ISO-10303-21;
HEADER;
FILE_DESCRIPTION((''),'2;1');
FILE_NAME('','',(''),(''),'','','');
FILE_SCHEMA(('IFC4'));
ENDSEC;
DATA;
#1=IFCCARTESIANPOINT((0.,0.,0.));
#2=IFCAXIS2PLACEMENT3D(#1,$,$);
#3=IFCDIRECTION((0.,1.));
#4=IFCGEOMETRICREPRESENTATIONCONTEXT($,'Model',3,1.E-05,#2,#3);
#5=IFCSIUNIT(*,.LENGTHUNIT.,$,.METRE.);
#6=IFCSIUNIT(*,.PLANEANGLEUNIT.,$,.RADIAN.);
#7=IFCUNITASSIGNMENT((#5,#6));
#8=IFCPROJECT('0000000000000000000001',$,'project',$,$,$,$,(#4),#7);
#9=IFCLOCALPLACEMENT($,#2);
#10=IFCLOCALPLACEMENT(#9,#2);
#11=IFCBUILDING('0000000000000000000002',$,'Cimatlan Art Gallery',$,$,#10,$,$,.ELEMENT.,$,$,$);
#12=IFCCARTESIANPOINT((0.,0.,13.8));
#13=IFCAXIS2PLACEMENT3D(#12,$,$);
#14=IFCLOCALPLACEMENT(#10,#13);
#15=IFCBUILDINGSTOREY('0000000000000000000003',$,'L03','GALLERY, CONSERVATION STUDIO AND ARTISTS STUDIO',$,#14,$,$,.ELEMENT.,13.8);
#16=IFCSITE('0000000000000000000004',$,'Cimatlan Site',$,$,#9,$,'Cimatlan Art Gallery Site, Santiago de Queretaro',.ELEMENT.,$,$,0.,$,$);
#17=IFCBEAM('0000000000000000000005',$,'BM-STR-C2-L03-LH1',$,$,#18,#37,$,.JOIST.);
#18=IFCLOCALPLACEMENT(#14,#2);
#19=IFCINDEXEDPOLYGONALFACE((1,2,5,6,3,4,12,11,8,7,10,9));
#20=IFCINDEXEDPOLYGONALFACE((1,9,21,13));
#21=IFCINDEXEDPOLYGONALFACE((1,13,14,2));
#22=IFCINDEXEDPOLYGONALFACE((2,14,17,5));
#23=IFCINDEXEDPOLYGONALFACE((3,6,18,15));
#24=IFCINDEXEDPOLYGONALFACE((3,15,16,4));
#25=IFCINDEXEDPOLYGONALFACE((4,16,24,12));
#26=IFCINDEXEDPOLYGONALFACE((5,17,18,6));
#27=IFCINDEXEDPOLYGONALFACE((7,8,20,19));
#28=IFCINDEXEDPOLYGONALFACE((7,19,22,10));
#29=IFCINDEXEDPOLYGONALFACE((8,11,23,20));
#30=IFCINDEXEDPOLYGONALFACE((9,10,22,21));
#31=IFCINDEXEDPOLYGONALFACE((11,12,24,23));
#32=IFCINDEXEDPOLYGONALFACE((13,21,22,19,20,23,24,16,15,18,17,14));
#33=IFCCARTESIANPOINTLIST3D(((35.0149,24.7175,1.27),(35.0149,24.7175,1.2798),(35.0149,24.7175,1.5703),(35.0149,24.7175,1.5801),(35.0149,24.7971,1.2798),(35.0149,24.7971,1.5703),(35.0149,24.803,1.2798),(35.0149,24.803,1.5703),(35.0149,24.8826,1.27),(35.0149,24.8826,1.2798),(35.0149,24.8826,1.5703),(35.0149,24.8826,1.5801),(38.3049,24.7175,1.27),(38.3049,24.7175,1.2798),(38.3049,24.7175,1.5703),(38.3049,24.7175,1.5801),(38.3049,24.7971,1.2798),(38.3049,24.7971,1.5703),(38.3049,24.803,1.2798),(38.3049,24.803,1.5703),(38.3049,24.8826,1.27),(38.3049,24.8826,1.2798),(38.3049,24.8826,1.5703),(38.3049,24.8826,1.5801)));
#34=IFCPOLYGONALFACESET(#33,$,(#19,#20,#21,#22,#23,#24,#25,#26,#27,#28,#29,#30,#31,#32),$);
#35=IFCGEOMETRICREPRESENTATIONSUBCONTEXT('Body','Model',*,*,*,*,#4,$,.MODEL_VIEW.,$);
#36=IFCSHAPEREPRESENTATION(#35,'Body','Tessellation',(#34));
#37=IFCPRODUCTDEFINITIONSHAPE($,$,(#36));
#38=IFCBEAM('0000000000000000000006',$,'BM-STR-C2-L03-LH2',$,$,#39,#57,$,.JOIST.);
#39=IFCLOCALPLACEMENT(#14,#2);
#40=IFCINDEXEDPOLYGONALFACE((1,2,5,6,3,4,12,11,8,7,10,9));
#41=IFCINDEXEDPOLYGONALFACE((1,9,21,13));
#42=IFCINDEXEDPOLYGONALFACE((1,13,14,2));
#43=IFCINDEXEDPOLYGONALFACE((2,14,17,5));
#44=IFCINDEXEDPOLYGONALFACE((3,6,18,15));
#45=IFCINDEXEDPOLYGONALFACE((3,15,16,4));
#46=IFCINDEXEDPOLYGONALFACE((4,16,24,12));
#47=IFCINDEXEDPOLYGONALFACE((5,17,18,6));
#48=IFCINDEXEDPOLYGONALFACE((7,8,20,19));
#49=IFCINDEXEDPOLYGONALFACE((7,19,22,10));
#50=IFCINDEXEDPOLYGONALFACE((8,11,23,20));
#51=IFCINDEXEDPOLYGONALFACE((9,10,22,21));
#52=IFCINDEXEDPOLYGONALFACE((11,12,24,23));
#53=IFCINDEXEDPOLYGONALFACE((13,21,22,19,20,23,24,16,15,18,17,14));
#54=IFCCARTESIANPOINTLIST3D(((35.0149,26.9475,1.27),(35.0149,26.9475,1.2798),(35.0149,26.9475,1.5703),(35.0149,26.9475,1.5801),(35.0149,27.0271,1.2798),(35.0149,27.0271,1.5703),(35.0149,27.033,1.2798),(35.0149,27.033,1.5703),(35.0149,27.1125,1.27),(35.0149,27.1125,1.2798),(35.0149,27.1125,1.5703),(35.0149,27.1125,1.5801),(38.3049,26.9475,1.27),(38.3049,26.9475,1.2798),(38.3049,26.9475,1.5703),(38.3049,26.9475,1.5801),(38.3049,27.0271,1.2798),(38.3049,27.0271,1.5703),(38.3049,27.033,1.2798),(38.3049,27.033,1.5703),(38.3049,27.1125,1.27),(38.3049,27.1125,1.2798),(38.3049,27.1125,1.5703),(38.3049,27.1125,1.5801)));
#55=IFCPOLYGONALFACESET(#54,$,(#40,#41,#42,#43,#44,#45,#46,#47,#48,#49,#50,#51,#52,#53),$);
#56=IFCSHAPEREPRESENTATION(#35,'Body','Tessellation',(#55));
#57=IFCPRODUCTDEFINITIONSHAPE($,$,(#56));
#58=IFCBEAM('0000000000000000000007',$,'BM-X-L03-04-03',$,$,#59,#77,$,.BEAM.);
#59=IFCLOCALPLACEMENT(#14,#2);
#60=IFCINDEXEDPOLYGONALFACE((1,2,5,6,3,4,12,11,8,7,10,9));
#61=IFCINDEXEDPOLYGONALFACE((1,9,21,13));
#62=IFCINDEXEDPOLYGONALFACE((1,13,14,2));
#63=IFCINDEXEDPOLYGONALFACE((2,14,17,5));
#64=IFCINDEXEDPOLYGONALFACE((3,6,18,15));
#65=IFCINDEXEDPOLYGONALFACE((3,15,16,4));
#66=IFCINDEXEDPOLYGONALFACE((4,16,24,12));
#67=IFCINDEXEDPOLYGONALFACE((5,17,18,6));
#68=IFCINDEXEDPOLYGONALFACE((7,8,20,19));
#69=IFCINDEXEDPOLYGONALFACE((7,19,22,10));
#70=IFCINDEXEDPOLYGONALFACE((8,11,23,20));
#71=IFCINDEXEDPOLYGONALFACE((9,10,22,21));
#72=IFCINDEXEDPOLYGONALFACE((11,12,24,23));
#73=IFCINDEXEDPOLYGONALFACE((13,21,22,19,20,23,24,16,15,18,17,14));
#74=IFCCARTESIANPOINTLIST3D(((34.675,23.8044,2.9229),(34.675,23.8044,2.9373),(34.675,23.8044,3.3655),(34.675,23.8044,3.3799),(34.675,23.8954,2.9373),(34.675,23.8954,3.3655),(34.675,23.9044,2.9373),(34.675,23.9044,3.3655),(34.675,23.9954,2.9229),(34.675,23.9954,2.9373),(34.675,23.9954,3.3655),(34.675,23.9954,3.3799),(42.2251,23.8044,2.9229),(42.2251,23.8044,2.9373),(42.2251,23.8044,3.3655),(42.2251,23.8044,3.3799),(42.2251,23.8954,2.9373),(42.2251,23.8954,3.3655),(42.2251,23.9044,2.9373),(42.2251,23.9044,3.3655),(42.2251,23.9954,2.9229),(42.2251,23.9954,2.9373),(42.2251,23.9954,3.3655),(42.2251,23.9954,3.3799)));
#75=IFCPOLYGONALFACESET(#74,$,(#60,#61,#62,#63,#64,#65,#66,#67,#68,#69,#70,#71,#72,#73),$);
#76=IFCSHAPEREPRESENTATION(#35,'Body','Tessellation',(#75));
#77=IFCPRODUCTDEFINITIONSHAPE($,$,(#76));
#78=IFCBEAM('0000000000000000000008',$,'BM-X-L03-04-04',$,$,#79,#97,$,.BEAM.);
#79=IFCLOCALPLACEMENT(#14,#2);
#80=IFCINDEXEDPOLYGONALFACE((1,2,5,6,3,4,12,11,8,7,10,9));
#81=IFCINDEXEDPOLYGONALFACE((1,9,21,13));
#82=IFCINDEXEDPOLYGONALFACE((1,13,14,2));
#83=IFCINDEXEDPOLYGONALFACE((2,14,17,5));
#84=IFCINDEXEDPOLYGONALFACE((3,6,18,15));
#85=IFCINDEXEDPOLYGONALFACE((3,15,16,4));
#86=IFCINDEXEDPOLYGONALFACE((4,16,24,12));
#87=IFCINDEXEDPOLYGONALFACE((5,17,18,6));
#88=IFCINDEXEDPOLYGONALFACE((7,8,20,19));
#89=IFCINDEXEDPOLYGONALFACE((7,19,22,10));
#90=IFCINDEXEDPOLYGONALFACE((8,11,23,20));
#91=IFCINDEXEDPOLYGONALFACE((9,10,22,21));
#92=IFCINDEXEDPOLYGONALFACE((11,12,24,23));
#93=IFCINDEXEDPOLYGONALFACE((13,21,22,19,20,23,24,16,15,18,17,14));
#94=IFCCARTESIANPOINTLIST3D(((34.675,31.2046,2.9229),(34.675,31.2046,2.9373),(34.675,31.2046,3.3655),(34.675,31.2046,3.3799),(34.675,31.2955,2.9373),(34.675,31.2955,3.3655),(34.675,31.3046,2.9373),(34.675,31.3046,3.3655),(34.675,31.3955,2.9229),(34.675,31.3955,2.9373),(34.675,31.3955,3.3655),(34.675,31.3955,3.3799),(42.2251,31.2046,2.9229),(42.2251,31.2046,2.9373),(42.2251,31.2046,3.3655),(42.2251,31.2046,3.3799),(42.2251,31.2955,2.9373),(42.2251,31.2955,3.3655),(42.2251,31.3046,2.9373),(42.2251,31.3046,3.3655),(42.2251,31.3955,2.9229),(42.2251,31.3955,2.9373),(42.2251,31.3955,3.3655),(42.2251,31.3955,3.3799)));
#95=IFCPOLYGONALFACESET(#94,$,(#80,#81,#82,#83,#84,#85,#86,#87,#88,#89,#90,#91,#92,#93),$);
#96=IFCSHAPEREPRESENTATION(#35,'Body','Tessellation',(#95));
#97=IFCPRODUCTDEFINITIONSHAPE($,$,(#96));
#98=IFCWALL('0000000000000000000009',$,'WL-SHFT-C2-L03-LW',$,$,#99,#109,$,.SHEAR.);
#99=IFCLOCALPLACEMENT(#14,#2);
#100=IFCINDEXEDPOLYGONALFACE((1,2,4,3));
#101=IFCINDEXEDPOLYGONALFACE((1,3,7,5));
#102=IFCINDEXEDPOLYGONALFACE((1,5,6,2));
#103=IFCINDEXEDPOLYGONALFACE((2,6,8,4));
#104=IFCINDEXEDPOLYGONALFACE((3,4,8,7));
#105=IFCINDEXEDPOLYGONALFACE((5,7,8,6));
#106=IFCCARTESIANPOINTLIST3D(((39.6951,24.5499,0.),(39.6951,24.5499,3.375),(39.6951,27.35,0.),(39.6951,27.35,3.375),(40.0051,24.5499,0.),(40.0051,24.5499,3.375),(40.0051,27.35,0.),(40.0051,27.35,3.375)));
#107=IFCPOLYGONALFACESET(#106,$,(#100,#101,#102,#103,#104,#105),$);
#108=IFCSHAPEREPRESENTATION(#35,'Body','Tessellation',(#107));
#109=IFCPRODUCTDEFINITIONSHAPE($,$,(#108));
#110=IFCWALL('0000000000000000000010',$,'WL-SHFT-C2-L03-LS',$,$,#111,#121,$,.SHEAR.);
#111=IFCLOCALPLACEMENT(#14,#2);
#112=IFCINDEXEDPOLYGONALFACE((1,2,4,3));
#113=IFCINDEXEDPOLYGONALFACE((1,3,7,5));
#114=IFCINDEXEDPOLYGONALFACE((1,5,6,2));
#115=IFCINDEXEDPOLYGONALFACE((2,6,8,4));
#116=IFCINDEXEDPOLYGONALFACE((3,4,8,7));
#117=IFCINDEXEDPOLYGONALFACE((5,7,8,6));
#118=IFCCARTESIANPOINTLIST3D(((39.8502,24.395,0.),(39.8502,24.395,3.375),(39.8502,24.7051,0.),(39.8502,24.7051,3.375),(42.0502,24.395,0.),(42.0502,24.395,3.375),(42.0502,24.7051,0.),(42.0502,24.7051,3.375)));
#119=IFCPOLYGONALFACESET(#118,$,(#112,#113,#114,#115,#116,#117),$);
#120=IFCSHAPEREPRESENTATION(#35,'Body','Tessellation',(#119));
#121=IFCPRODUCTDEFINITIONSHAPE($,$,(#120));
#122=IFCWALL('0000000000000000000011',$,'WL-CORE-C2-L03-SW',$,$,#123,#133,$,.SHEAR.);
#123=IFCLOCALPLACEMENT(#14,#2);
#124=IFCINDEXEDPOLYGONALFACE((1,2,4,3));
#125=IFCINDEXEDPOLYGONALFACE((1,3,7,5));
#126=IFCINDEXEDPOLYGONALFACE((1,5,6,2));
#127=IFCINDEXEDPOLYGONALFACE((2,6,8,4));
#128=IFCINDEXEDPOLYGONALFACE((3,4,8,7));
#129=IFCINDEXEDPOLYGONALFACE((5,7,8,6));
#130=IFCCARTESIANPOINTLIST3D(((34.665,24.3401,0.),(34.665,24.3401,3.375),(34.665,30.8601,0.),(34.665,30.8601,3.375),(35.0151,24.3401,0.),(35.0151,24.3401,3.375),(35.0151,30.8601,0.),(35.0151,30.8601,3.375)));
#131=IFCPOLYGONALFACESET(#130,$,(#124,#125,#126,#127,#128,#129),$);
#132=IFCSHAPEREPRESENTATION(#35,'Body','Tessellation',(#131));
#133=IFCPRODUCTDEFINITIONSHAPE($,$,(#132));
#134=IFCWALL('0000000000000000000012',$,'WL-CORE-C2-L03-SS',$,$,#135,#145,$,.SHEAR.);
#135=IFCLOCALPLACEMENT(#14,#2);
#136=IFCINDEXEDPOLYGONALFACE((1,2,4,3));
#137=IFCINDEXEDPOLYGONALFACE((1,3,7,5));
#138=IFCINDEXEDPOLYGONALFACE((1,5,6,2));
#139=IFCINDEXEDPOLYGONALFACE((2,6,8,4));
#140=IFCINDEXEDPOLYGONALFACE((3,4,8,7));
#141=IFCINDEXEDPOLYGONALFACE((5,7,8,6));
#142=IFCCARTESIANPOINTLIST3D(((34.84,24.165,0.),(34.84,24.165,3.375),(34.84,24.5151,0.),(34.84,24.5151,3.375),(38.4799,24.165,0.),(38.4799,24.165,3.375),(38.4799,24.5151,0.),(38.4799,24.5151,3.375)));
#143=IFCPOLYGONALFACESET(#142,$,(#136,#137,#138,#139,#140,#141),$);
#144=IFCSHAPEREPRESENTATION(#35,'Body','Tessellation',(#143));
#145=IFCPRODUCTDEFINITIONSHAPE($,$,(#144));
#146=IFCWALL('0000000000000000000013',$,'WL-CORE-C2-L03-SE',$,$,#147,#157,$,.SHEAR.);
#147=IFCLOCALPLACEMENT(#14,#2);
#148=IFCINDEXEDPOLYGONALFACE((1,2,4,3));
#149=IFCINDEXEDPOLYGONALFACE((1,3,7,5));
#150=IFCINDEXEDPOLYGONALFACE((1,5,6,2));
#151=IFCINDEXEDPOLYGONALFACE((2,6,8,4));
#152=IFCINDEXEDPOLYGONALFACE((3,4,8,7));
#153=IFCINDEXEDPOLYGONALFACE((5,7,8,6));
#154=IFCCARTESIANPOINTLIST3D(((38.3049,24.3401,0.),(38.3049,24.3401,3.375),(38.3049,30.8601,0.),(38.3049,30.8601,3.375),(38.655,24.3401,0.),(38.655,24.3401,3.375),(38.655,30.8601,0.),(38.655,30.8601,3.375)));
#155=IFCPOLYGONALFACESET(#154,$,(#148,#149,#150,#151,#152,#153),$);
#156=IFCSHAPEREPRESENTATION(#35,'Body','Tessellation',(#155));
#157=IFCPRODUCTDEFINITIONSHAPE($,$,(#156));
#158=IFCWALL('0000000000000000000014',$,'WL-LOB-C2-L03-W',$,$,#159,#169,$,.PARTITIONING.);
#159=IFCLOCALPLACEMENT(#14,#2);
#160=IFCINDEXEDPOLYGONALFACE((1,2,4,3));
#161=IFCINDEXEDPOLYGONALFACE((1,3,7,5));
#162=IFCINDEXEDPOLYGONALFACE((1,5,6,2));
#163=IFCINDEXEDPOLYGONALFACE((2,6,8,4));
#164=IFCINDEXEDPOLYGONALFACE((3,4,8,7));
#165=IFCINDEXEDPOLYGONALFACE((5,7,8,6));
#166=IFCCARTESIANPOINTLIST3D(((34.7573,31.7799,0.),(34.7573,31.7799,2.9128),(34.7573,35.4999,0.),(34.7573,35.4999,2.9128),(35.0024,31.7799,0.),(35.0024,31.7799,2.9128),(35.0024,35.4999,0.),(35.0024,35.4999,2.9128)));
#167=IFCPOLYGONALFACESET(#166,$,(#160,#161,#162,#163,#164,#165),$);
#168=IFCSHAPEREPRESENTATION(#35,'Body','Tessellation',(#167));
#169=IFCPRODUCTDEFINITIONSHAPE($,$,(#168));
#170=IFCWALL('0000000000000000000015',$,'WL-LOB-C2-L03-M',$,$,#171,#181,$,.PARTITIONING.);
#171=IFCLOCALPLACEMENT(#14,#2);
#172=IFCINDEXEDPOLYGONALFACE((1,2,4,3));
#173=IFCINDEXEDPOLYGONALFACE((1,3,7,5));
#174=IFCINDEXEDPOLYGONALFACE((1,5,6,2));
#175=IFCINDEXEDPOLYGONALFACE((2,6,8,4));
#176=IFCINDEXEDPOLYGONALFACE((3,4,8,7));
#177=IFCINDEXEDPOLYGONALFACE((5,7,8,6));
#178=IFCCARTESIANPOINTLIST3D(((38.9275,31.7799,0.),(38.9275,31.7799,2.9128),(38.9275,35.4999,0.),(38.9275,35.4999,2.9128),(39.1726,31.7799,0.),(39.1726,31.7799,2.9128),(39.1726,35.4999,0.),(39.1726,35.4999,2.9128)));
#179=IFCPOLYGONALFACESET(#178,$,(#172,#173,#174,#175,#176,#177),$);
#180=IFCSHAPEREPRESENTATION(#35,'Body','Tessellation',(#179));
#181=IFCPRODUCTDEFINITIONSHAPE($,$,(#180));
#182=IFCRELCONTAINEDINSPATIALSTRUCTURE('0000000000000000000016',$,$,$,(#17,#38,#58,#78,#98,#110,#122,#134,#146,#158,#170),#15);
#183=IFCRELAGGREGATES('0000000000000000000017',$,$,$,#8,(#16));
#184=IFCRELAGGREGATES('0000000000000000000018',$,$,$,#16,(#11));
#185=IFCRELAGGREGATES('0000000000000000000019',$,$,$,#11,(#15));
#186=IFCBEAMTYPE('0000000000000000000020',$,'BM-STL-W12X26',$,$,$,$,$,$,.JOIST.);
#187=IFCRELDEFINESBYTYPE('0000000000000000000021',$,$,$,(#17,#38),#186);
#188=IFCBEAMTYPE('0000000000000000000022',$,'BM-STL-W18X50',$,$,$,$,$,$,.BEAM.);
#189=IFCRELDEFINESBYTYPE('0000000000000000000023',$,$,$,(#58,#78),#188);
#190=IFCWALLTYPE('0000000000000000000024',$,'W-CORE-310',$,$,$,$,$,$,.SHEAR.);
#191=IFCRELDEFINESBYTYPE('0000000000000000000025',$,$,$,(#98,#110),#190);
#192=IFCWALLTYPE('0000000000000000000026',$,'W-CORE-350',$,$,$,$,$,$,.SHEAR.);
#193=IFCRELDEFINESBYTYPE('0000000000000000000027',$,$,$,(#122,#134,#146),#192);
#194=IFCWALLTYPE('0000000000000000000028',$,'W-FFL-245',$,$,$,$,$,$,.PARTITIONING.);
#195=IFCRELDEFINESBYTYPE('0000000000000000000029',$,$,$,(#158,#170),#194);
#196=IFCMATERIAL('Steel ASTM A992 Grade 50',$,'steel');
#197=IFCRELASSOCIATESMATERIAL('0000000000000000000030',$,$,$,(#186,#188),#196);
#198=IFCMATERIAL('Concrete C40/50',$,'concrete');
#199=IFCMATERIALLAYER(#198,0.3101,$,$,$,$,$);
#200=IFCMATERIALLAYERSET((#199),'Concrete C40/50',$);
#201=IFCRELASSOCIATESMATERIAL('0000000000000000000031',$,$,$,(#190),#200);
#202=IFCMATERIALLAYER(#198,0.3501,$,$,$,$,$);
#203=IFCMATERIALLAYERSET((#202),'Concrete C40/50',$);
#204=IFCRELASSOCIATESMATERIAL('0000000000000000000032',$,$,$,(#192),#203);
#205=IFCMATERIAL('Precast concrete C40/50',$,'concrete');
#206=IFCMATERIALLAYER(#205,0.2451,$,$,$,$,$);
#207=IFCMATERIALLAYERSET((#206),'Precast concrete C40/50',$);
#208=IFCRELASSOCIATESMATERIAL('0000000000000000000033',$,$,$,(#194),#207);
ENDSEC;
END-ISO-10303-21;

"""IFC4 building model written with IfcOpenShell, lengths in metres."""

from ifc_helpers import new_model, si_unit, direction, frame, frame_2d, origin, origin_2d, place, context, subcontext, project, spatial, rectangle, i_section, extrude, material, layer, layer_set, material_profile, profile_set, type_object, element, save


model = new_model("IFC4")

# Units and contexts
model_context = context("Model", 3, precision=1e-05, world=origin(), true_north=direction((0.0, 1.0)))
body_context = subcontext(model_context, "Body", "Model", "MODEL_VIEW")
ifc_project = project(units=[si_unit("LENGTHUNIT", "METRE"), si_unit("PLANEANGLEUNIT", "RADIAN")], contexts=[model_context])

# Site, building, storey
site_placement = place(None, origin())
site = spatial("IfcSite", under=ifc_project, at=site_placement, Name="Cimatlan Site", LongName="Cimatlan Art Gallery Site, Santiago de Queretaro", CompositionType="ELEMENT", RefElevation=0.0)
building_placement = place(site_placement, origin())
building = spatial("IfcBuilding", under=site, at=building_placement, Name="Cimatlan Art Gallery", CompositionType="ELEMENT")
storey_placement = place(building_placement, frame((0.0, 0.0, 13.8)))
storey = spatial("IfcBuildingStorey", under=building, at=storey_placement, Name="L03", Description="GALLERY, CONSERVATION STUDIO AND ARTISTS STUDIO", CompositionType="ELEMENT", Elevation=13.8)

# Beams
ifc_material_1 = material(Name="Steel ASTM A992 Grade 50", Category="steel")
ifc_material_profile_1 = material_profile(ifc_material_1, i_section(OverallWidth=0.165, OverallDepth=0.3101, WebThickness=0.0059, FlangeThickness=0.0098, at=origin_2d()), Name="W12X26")
ifc_profile_set_1 = profile_set([ifc_material_profile_1], Name="Steel ASTM A992 Grade 50")
beam_type_1 = type_object("IfcBeamType", Name="BM-STL-W12X26", PredefinedType="JOIST", material=ifc_profile_set_1)
for number, where, z_axis, x_axis, name in (
    (1, (35.0149, 24.8, 1.425), (1.0, 0.0, 0.0), (0.0, 1.0, 0.0), "BM-STR-C2-L03-LH1"),
    (2, (35.0149, 27.03, 1.425), (1.0, 0.0, 0.0), (0.0, 1.0, 0.0), "BM-STR-C2-L03-LH2"),
):
    element("IfcBeam", number, at=place(storey_placement, frame(where, z_axis=z_axis, x_axis=x_axis)), inside=storey, type_object=beam_type_1, Name=name, PredefinedType="JOIST", context=body_context, shape_type="SweptSolid", body=[
        extrude(i_section(OverallWidth=0.165, OverallDepth=0.3101, WebThickness=0.0059, FlangeThickness=0.0098, at=origin_2d()), origin(), (0.0, 0.0, 1.0), 3.29),
    ])
ifc_material_profile_2 = material_profile(ifc_material_1, i_section(OverallWidth=0.1909, OverallDepth=0.457, WebThickness=0.009, FlangeThickness=0.0144, at=origin_2d()), Name="W18X50")
ifc_profile_set_2 = profile_set([ifc_material_profile_2], Name="Steel ASTM A992 Grade 50")
beam_type_2 = type_object("IfcBeamType", Name="BM-STL-W18X50", PredefinedType="BEAM", material=ifc_profile_set_2)
for number, where, z_axis, x_axis, name in (
    (3, (34.675, 23.8999, 3.1514), (1.0, 0.0, 0.0), (0.0, 1.0, 0.0), "BM-X-L03-04-03"),
    (4, (34.675, 31.3, 3.1514), (1.0, 0.0, 0.0), (0.0, 1.0, 0.0), "BM-X-L03-04-04"),
):
    element("IfcBeam", number, at=place(storey_placement, frame(where, z_axis=z_axis, x_axis=x_axis)), inside=storey, type_object=beam_type_2, Name=name, PredefinedType="BEAM", context=body_context, shape_type="SweptSolid", body=[
        extrude(i_section(OverallWidth=0.1909, OverallDepth=0.457, WebThickness=0.009, FlangeThickness=0.0144, at=origin_2d()), origin(), (0.0, 0.0, 1.0), 7.55),
    ])

# Walls
ifc_material_2 = material(Name="Concrete C40/50", Category="concrete")
ifc_layer_1 = layer(ifc_material_2, 0.3101)
ifc_layer_set_1 = layer_set([ifc_layer_1], Name="Concrete C40/50")
wall_type_1 = type_object("IfcWallType", Name="W-CORE-310", PredefinedType="SHEAR", material=ifc_layer_set_1)
wall_1_placement = place(storey_placement, frame((39.8501, 24.55, 0.0), z_axis=(0.0, 0.0, 1.0), x_axis=(0.0, 1.0, 0.0)))
element("IfcWall", 5, at=wall_1_placement, inside=storey, type_object=wall_type_1, Name="WL-SHFT-C2-L03-LW", PredefinedType="SHEAR", context=body_context, shape_type="SweptSolid", body=[
    extrude(rectangle(XDim=2.8, YDim=0.3101, at=frame_2d((1.3999, 0.0))), origin(), (0.0, 0.0, 1.0), 3.375),
])
wall_2_placement = place(storey_placement, frame((39.8501, 24.55, 0.0), z_axis=(0.0, 0.0, 1.0), x_axis=(1.0, 0.0, 0.0)))
element("IfcWall", 6, at=wall_2_placement, inside=storey, type_object=wall_type_1, Name="WL-SHFT-C2-L03-LS", PredefinedType="SHEAR", context=body_context, shape_type="SweptSolid", body=[
    extrude(rectangle(XDim=2.2, YDim=0.3101, at=frame_2d((1.1001, 0.0))), origin(), (0.0, 0.0, 1.0), 3.375),
])
ifc_layer_2 = layer(ifc_material_2, 0.3501)
ifc_layer_set_2 = layer_set([ifc_layer_2], Name="Concrete C40/50")
wall_type_2 = type_object("IfcWallType", Name="W-CORE-350", PredefinedType="SHEAR", material=ifc_layer_set_2)
wall_3_placement = place(storey_placement, frame((34.8401, 24.3401, 0.0), z_axis=(0.0, 0.0, 1.0), x_axis=(0.0, 1.0, 0.0)))
element("IfcWall", 7, at=wall_3_placement, inside=storey, type_object=wall_type_2, Name="WL-CORE-C2-L03-SW", PredefinedType="SHEAR", context=body_context, shape_type="SweptSolid", body=[
    extrude(rectangle(XDim=6.52, YDim=0.3501, at=frame_2d((3.26, 0.0))), origin(), (0.0, 0.0, 1.0), 3.375),
])
wall_4_placement = place(storey_placement, frame((34.8401, 24.3401, 0.0), z_axis=(0.0, 0.0, 1.0), x_axis=(1.0, 0.0, 0.0)))
element("IfcWall", 8, at=wall_4_placement, inside=storey, type_object=wall_type_2, Name="WL-CORE-C2-L03-SS", PredefinedType="SHEAR", context=body_context, shape_type="SweptSolid", body=[
    extrude(rectangle(XDim=3.6399, YDim=0.3501, at=frame_2d((1.8198, 0.0))), origin(), (0.0, 0.0, 1.0), 3.375),
])
wall_5_placement = place(storey_placement, frame((38.48, 24.3401, 0.0), z_axis=(0.0, 0.0, 1.0), x_axis=(0.0, 1.0, 0.0)))
element("IfcWall", 9, at=wall_5_placement, inside=storey, type_object=wall_type_2, Name="WL-CORE-C2-L03-SE", PredefinedType="SHEAR", context=body_context, shape_type="SweptSolid", body=[
    extrude(rectangle(XDim=6.52, YDim=0.3501, at=frame_2d((3.26, 0.0))), origin(), (0.0, 0.0, 1.0), 3.375),
])

# Walls
ifc_material_3 = material(Name="Precast concrete C40/50", Category="concrete")
ifc_layer_3 = layer(ifc_material_3, 0.2451)
ifc_layer_set_3 = layer_set([ifc_layer_3], Name="Precast concrete C40/50")
wall_type_3 = type_object("IfcWallType", Name="W-FFL-245", PredefinedType="PARTITIONING", material=ifc_layer_set_3)
for number, where, z_axis, x_axis, name in (
    (10, (34.8799, 31.78, 0.0), (0.0, 0.0, 1.0), (0.0, 1.0, 0.0), "WL-LOB-C2-L03-W"),
    (11, (39.05, 31.78, 0.0), (0.0, 0.0, 1.0), (0.0, 1.0, 0.0), "WL-LOB-C2-L03-M"),
):
    element("IfcWall", number, at=place(storey_placement, frame(where, z_axis=z_axis, x_axis=x_axis)), inside=storey, type_object=wall_type_3, Name=name, PredefinedType="PARTITIONING", context=body_context, shape_type="SweptSolid", body=[
        extrude(rectangle(XDim=3.72, YDim=0.2451, at=frame_2d((1.8599, 0.0))), origin(), (0.0, 0.0, 1.0), 2.9128),
    ])

save(model, "model.ifc")
